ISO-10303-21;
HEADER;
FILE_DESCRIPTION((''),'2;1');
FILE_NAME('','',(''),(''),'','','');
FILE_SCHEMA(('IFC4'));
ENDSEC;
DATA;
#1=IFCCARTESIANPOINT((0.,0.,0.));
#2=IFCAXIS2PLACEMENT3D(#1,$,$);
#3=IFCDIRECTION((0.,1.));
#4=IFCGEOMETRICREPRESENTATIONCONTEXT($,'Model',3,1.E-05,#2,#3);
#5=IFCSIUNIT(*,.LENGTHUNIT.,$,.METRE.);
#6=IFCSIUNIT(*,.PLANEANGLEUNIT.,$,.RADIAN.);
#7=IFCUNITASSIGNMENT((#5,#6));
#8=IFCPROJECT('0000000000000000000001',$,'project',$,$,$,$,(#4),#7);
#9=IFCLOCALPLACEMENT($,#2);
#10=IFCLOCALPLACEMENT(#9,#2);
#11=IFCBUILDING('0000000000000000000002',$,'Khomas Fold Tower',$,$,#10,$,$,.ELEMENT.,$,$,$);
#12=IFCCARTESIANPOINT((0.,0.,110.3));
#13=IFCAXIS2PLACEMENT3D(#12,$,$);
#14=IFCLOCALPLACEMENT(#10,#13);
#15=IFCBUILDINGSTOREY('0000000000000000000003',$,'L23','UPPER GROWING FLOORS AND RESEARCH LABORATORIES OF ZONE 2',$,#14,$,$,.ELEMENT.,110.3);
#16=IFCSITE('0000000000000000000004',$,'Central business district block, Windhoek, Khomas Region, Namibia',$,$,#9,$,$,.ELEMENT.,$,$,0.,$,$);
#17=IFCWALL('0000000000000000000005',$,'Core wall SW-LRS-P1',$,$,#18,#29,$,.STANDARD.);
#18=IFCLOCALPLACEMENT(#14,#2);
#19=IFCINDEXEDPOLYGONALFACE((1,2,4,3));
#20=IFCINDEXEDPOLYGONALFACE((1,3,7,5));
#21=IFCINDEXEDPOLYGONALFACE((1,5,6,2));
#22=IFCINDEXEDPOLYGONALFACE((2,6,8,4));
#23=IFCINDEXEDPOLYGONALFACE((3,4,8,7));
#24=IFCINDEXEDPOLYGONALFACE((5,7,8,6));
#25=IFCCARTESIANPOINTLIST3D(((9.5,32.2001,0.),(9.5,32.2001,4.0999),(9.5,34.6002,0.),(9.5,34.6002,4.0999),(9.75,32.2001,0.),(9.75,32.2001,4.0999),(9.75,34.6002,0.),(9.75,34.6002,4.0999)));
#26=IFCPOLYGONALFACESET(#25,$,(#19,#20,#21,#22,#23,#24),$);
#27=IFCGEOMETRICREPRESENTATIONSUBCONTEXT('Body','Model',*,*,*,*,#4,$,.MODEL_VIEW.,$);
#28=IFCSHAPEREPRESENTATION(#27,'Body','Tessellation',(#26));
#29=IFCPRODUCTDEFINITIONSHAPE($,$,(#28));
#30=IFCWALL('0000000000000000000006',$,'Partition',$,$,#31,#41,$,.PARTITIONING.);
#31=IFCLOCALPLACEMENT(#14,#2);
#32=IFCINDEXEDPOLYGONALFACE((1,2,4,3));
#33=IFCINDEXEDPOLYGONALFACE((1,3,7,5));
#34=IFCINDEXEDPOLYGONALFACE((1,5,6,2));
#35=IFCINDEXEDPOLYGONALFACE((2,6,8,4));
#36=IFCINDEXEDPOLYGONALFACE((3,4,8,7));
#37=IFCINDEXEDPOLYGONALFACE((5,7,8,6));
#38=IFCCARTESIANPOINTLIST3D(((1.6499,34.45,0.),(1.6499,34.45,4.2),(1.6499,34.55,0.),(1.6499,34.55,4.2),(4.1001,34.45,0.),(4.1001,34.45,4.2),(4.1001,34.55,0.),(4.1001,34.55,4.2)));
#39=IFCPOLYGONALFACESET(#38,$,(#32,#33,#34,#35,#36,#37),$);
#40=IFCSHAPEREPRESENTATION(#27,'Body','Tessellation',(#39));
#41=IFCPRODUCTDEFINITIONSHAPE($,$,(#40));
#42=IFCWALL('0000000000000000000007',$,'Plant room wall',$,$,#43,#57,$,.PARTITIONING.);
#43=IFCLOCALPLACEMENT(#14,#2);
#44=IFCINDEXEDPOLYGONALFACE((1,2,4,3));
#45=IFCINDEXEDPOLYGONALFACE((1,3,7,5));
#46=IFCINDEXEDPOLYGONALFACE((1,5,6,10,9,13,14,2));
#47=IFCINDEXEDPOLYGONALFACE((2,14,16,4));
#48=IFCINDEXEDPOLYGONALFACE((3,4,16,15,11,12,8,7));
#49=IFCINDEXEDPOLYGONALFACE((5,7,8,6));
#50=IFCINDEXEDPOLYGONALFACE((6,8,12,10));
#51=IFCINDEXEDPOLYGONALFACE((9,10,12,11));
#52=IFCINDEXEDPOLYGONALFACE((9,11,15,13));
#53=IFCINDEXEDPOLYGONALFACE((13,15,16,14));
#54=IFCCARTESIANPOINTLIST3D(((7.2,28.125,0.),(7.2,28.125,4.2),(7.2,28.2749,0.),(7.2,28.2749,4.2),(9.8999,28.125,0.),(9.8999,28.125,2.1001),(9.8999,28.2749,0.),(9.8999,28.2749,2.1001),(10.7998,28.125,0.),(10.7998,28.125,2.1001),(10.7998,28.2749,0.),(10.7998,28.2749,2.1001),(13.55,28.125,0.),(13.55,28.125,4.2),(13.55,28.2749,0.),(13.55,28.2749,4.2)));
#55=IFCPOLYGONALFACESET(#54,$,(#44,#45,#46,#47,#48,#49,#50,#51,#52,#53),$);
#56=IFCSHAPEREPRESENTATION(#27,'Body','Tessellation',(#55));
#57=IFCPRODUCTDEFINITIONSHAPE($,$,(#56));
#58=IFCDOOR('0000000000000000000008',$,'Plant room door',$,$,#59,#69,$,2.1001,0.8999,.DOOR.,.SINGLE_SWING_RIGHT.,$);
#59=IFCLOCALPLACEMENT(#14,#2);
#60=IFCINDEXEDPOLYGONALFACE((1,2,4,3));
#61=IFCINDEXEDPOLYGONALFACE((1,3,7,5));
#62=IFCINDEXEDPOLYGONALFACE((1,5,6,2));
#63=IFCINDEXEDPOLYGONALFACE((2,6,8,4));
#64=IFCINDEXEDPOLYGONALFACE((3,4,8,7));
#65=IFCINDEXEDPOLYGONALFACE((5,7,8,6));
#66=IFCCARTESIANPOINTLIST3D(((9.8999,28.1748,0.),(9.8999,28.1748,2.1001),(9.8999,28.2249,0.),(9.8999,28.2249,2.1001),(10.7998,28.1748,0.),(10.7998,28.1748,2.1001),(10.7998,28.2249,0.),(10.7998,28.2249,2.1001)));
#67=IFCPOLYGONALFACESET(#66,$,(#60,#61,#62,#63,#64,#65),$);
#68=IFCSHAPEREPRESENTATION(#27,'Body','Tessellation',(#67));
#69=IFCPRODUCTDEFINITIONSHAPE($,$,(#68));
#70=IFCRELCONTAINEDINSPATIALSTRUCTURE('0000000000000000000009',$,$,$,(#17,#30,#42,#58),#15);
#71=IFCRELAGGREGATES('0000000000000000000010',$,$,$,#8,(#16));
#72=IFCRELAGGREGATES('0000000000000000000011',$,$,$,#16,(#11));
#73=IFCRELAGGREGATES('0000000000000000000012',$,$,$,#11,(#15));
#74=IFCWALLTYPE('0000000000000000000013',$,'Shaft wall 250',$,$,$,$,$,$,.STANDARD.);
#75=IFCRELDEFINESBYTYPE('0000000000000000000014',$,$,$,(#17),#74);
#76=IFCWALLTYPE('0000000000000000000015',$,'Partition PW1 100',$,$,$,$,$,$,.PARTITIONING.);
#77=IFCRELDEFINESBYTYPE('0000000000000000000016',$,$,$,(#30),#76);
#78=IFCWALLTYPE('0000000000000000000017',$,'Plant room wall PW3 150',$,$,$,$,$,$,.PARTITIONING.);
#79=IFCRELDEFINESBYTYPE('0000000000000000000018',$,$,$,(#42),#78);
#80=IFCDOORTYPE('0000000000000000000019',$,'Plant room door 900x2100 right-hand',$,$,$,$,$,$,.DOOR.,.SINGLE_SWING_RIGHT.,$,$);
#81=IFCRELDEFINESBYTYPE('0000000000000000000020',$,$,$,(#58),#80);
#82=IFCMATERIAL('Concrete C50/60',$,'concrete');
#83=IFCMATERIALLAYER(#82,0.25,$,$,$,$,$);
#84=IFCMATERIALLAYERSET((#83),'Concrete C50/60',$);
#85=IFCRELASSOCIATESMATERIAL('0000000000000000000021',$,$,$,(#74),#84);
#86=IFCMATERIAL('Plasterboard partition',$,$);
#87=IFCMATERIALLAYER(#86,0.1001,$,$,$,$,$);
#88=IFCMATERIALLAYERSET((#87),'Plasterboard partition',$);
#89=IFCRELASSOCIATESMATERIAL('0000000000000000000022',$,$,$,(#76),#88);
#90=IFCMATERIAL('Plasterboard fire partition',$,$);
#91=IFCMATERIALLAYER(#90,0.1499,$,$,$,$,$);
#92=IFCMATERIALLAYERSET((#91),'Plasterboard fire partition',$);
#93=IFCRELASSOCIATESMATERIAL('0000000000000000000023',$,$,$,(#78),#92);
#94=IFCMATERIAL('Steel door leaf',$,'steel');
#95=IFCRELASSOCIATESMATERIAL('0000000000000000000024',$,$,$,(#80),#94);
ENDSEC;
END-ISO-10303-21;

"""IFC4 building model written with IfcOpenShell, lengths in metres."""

from ifc_helpers import new_model, si_unit, direction, frame, frame_2d, origin, place, context, subcontext, project, spatial, rectangle, extrude, source, transform, mapped, material, layer, layer_set, type_object, element, fill, save


model = new_model("IFC4")

# Units and contexts
model_context = context("Model", 3, precision=1e-05, world=origin(), true_north=direction((0.0, 1.0)))
body_context = subcontext(model_context, "Body", "Model", "MODEL_VIEW")
ifc_project = project(units=[si_unit("LENGTHUNIT", "METRE"), si_unit("PLANEANGLEUNIT", "RADIAN")], contexts=[model_context])

# Site, building, storey
site_placement = place(None, origin())
site = spatial("IfcSite", under=ifc_project, at=site_placement, Name="Central business district block, Windhoek, Khomas Region, Namibia", CompositionType="ELEMENT", RefElevation=0.0)
building_placement = place(site_placement, origin())
building = spatial("IfcBuilding", under=site, at=building_placement, Name="Khomas Fold Tower", CompositionType="ELEMENT")
storey_placement = place(building_placement, frame((0.0, 0.0, 110.3)))
storey = spatial("IfcBuildingStorey", under=building, at=storey_placement, Name="L23", Description="UPPER GROWING FLOORS AND RESEARCH LABORATORIES OF ZONE 2", CompositionType="ELEMENT", Elevation=110.3)

# Walls
ifc_material_1 = material(Name="Concrete C50/60", Category="concrete")
ifc_layer_1 = layer(ifc_material_1, 0.25)
ifc_layer_set_1 = layer_set([ifc_layer_1], Name="Concrete C50/60")
wall_type_1 = type_object("IfcWallType", Name="Shaft wall 250", PredefinedType="STANDARD", material=ifc_layer_set_1)
shared_shape_1 = source(origin(), body_context, "Body", "SweptSolid", [
    extrude(rectangle(XDim=2.4001, YDim=0.25, at=frame_2d((1.2002, 0.0))), origin(), (0.0, 0.0, 1.0), 4.0999),
])
wall_1_placement = place(storey_placement, frame((9.625, 32.2, 0.0), z_axis=(0.0, 0.0, 1.0), x_axis=(0.0, 1.0, 0.0)))
element("IfcWall", 1, at=wall_1_placement, inside=storey, type_object=wall_type_1, Name="Core wall SW-LRS-P1", PredefinedType="STANDARD", context=body_context, shape_type="MappedRepresentation", body=[
    mapped(shared_shape_1, transform((0.0, 0.0, 0.0))),
])
ifc_material_2 = material(Name="Plasterboard partition")
ifc_layer_2 = layer(ifc_material_2, 0.1001)
ifc_layer_set_2 = layer_set([ifc_layer_2], Name="Plasterboard partition")
wall_type_2 = type_object("IfcWallType", Name="Partition PW1 100", PredefinedType="PARTITIONING", material=ifc_layer_set_2)
shared_shape_2 = source(origin(), body_context, "Body", "SweptSolid", [
    extrude(rectangle(XDim=2.4502, YDim=0.1001, at=frame_2d((1.2251, 0.0))), origin(), (0.0, 0.0, 1.0), 4.2),
])
wall_2_placement = place(storey_placement, frame((1.6499, 34.5, 0.0), z_axis=(0.0, 0.0, 1.0), x_axis=(1.0, 0.0, 0.0)))
element("IfcWall", 2, at=wall_2_placement, inside=storey, type_object=wall_type_2, Name="Partition", PredefinedType="PARTITIONING", context=body_context, shape_type="MappedRepresentation", body=[
    mapped(shared_shape_2, transform((0.0, 0.0, 0.0))),
])

# Wall, opening, door
ifc_material_3 = material(Name="Plasterboard fire partition")
ifc_layer_3 = layer(ifc_material_3, 0.1499)
ifc_layer_set_3 = layer_set([ifc_layer_3], Name="Plasterboard fire partition")
wall_type_3 = type_object("IfcWallType", Name="Plant room wall PW3 150", PredefinedType="PARTITIONING", material=ifc_layer_set_3)
shared_shape_3 = source(origin(), body_context, "Body", "SweptSolid", [
    extrude(rectangle(XDim=6.3501, YDim=0.1499, at=frame_2d((3.175, 0.0))), origin(), (0.0, 0.0, 1.0), 4.2),
])
wall_3_placement = place(storey_placement, frame((7.2, 28.2, 0.0), z_axis=(0.0, 0.0, 1.0), x_axis=(1.0, 0.0, 0.0)))
wall_3 = element("IfcWall", 3, at=wall_3_placement, inside=storey, type_object=wall_type_3, Name="Plant room wall", PredefinedType="PARTITIONING", context=body_context, shape_type="MappedRepresentation", body=[
    mapped(shared_shape_3, transform((0.0, 0.0, 0.0))),
])
shared_shape_4 = source(origin(), body_context, "Body", "SweptSolid", [
    extrude(rectangle(XDim=0.8999, YDim=2.1001, at=frame_2d((0.45, 1.05))), frame((0.0, 0.085, 0.0), z_axis=(0.0, -1.0, 0.0), x_axis=(1.0, 0.0, 0.0)), (0.0, 0.0, 1.0), 0.1699),
])
opening_1_placement = place(wall_3_placement, frame((2.7, 0.0, 0.0)))
opening_1 = element("IfcOpeningElement", 4, at=opening_1_placement, cuts=wall_3, PredefinedType="OPENING", context=body_context, shape_type="MappedRepresentation", body=[
    mapped(shared_shape_4, transform((0.0, 0.0, 0.0))),
])
ifc_material_4 = material(Name="Steel door leaf", Category="steel")
door_type_1 = type_object("IfcDoorType", Name="Plant room door 900x2100 right-hand", OperationType="SINGLE_SWING_RIGHT", PredefinedType="DOOR", material=ifc_material_4)
shared_shape_5 = source(origin(), body_context, "Body", "SweptSolid", [
    extrude(rectangle(XDim=0.8999, YDim=2.1001, at=frame_2d((0.45, 1.05))), frame((0.0, 0.0249, 0.0), z_axis=(0.0, -1.0, 0.0), x_axis=(1.0, 0.0, 0.0)), (0.0, 0.0, 1.0), 0.05),
])
door_1_placement = place(opening_1_placement, origin())
door_1 = element("IfcDoor", 5, at=door_1_placement, inside=storey, type_object=door_type_1, Name="Plant room door", OperationType="SINGLE_SWING_RIGHT", OverallHeight=2.1001, OverallWidth=0.8999, PredefinedType="DOOR", context=body_context, shape_type="MappedRepresentation", body=[
    mapped(shared_shape_5, transform((0.0, 0.0, 0.0))),
])
fill(opening_1, door_1)

save(model, "model.ifc")
